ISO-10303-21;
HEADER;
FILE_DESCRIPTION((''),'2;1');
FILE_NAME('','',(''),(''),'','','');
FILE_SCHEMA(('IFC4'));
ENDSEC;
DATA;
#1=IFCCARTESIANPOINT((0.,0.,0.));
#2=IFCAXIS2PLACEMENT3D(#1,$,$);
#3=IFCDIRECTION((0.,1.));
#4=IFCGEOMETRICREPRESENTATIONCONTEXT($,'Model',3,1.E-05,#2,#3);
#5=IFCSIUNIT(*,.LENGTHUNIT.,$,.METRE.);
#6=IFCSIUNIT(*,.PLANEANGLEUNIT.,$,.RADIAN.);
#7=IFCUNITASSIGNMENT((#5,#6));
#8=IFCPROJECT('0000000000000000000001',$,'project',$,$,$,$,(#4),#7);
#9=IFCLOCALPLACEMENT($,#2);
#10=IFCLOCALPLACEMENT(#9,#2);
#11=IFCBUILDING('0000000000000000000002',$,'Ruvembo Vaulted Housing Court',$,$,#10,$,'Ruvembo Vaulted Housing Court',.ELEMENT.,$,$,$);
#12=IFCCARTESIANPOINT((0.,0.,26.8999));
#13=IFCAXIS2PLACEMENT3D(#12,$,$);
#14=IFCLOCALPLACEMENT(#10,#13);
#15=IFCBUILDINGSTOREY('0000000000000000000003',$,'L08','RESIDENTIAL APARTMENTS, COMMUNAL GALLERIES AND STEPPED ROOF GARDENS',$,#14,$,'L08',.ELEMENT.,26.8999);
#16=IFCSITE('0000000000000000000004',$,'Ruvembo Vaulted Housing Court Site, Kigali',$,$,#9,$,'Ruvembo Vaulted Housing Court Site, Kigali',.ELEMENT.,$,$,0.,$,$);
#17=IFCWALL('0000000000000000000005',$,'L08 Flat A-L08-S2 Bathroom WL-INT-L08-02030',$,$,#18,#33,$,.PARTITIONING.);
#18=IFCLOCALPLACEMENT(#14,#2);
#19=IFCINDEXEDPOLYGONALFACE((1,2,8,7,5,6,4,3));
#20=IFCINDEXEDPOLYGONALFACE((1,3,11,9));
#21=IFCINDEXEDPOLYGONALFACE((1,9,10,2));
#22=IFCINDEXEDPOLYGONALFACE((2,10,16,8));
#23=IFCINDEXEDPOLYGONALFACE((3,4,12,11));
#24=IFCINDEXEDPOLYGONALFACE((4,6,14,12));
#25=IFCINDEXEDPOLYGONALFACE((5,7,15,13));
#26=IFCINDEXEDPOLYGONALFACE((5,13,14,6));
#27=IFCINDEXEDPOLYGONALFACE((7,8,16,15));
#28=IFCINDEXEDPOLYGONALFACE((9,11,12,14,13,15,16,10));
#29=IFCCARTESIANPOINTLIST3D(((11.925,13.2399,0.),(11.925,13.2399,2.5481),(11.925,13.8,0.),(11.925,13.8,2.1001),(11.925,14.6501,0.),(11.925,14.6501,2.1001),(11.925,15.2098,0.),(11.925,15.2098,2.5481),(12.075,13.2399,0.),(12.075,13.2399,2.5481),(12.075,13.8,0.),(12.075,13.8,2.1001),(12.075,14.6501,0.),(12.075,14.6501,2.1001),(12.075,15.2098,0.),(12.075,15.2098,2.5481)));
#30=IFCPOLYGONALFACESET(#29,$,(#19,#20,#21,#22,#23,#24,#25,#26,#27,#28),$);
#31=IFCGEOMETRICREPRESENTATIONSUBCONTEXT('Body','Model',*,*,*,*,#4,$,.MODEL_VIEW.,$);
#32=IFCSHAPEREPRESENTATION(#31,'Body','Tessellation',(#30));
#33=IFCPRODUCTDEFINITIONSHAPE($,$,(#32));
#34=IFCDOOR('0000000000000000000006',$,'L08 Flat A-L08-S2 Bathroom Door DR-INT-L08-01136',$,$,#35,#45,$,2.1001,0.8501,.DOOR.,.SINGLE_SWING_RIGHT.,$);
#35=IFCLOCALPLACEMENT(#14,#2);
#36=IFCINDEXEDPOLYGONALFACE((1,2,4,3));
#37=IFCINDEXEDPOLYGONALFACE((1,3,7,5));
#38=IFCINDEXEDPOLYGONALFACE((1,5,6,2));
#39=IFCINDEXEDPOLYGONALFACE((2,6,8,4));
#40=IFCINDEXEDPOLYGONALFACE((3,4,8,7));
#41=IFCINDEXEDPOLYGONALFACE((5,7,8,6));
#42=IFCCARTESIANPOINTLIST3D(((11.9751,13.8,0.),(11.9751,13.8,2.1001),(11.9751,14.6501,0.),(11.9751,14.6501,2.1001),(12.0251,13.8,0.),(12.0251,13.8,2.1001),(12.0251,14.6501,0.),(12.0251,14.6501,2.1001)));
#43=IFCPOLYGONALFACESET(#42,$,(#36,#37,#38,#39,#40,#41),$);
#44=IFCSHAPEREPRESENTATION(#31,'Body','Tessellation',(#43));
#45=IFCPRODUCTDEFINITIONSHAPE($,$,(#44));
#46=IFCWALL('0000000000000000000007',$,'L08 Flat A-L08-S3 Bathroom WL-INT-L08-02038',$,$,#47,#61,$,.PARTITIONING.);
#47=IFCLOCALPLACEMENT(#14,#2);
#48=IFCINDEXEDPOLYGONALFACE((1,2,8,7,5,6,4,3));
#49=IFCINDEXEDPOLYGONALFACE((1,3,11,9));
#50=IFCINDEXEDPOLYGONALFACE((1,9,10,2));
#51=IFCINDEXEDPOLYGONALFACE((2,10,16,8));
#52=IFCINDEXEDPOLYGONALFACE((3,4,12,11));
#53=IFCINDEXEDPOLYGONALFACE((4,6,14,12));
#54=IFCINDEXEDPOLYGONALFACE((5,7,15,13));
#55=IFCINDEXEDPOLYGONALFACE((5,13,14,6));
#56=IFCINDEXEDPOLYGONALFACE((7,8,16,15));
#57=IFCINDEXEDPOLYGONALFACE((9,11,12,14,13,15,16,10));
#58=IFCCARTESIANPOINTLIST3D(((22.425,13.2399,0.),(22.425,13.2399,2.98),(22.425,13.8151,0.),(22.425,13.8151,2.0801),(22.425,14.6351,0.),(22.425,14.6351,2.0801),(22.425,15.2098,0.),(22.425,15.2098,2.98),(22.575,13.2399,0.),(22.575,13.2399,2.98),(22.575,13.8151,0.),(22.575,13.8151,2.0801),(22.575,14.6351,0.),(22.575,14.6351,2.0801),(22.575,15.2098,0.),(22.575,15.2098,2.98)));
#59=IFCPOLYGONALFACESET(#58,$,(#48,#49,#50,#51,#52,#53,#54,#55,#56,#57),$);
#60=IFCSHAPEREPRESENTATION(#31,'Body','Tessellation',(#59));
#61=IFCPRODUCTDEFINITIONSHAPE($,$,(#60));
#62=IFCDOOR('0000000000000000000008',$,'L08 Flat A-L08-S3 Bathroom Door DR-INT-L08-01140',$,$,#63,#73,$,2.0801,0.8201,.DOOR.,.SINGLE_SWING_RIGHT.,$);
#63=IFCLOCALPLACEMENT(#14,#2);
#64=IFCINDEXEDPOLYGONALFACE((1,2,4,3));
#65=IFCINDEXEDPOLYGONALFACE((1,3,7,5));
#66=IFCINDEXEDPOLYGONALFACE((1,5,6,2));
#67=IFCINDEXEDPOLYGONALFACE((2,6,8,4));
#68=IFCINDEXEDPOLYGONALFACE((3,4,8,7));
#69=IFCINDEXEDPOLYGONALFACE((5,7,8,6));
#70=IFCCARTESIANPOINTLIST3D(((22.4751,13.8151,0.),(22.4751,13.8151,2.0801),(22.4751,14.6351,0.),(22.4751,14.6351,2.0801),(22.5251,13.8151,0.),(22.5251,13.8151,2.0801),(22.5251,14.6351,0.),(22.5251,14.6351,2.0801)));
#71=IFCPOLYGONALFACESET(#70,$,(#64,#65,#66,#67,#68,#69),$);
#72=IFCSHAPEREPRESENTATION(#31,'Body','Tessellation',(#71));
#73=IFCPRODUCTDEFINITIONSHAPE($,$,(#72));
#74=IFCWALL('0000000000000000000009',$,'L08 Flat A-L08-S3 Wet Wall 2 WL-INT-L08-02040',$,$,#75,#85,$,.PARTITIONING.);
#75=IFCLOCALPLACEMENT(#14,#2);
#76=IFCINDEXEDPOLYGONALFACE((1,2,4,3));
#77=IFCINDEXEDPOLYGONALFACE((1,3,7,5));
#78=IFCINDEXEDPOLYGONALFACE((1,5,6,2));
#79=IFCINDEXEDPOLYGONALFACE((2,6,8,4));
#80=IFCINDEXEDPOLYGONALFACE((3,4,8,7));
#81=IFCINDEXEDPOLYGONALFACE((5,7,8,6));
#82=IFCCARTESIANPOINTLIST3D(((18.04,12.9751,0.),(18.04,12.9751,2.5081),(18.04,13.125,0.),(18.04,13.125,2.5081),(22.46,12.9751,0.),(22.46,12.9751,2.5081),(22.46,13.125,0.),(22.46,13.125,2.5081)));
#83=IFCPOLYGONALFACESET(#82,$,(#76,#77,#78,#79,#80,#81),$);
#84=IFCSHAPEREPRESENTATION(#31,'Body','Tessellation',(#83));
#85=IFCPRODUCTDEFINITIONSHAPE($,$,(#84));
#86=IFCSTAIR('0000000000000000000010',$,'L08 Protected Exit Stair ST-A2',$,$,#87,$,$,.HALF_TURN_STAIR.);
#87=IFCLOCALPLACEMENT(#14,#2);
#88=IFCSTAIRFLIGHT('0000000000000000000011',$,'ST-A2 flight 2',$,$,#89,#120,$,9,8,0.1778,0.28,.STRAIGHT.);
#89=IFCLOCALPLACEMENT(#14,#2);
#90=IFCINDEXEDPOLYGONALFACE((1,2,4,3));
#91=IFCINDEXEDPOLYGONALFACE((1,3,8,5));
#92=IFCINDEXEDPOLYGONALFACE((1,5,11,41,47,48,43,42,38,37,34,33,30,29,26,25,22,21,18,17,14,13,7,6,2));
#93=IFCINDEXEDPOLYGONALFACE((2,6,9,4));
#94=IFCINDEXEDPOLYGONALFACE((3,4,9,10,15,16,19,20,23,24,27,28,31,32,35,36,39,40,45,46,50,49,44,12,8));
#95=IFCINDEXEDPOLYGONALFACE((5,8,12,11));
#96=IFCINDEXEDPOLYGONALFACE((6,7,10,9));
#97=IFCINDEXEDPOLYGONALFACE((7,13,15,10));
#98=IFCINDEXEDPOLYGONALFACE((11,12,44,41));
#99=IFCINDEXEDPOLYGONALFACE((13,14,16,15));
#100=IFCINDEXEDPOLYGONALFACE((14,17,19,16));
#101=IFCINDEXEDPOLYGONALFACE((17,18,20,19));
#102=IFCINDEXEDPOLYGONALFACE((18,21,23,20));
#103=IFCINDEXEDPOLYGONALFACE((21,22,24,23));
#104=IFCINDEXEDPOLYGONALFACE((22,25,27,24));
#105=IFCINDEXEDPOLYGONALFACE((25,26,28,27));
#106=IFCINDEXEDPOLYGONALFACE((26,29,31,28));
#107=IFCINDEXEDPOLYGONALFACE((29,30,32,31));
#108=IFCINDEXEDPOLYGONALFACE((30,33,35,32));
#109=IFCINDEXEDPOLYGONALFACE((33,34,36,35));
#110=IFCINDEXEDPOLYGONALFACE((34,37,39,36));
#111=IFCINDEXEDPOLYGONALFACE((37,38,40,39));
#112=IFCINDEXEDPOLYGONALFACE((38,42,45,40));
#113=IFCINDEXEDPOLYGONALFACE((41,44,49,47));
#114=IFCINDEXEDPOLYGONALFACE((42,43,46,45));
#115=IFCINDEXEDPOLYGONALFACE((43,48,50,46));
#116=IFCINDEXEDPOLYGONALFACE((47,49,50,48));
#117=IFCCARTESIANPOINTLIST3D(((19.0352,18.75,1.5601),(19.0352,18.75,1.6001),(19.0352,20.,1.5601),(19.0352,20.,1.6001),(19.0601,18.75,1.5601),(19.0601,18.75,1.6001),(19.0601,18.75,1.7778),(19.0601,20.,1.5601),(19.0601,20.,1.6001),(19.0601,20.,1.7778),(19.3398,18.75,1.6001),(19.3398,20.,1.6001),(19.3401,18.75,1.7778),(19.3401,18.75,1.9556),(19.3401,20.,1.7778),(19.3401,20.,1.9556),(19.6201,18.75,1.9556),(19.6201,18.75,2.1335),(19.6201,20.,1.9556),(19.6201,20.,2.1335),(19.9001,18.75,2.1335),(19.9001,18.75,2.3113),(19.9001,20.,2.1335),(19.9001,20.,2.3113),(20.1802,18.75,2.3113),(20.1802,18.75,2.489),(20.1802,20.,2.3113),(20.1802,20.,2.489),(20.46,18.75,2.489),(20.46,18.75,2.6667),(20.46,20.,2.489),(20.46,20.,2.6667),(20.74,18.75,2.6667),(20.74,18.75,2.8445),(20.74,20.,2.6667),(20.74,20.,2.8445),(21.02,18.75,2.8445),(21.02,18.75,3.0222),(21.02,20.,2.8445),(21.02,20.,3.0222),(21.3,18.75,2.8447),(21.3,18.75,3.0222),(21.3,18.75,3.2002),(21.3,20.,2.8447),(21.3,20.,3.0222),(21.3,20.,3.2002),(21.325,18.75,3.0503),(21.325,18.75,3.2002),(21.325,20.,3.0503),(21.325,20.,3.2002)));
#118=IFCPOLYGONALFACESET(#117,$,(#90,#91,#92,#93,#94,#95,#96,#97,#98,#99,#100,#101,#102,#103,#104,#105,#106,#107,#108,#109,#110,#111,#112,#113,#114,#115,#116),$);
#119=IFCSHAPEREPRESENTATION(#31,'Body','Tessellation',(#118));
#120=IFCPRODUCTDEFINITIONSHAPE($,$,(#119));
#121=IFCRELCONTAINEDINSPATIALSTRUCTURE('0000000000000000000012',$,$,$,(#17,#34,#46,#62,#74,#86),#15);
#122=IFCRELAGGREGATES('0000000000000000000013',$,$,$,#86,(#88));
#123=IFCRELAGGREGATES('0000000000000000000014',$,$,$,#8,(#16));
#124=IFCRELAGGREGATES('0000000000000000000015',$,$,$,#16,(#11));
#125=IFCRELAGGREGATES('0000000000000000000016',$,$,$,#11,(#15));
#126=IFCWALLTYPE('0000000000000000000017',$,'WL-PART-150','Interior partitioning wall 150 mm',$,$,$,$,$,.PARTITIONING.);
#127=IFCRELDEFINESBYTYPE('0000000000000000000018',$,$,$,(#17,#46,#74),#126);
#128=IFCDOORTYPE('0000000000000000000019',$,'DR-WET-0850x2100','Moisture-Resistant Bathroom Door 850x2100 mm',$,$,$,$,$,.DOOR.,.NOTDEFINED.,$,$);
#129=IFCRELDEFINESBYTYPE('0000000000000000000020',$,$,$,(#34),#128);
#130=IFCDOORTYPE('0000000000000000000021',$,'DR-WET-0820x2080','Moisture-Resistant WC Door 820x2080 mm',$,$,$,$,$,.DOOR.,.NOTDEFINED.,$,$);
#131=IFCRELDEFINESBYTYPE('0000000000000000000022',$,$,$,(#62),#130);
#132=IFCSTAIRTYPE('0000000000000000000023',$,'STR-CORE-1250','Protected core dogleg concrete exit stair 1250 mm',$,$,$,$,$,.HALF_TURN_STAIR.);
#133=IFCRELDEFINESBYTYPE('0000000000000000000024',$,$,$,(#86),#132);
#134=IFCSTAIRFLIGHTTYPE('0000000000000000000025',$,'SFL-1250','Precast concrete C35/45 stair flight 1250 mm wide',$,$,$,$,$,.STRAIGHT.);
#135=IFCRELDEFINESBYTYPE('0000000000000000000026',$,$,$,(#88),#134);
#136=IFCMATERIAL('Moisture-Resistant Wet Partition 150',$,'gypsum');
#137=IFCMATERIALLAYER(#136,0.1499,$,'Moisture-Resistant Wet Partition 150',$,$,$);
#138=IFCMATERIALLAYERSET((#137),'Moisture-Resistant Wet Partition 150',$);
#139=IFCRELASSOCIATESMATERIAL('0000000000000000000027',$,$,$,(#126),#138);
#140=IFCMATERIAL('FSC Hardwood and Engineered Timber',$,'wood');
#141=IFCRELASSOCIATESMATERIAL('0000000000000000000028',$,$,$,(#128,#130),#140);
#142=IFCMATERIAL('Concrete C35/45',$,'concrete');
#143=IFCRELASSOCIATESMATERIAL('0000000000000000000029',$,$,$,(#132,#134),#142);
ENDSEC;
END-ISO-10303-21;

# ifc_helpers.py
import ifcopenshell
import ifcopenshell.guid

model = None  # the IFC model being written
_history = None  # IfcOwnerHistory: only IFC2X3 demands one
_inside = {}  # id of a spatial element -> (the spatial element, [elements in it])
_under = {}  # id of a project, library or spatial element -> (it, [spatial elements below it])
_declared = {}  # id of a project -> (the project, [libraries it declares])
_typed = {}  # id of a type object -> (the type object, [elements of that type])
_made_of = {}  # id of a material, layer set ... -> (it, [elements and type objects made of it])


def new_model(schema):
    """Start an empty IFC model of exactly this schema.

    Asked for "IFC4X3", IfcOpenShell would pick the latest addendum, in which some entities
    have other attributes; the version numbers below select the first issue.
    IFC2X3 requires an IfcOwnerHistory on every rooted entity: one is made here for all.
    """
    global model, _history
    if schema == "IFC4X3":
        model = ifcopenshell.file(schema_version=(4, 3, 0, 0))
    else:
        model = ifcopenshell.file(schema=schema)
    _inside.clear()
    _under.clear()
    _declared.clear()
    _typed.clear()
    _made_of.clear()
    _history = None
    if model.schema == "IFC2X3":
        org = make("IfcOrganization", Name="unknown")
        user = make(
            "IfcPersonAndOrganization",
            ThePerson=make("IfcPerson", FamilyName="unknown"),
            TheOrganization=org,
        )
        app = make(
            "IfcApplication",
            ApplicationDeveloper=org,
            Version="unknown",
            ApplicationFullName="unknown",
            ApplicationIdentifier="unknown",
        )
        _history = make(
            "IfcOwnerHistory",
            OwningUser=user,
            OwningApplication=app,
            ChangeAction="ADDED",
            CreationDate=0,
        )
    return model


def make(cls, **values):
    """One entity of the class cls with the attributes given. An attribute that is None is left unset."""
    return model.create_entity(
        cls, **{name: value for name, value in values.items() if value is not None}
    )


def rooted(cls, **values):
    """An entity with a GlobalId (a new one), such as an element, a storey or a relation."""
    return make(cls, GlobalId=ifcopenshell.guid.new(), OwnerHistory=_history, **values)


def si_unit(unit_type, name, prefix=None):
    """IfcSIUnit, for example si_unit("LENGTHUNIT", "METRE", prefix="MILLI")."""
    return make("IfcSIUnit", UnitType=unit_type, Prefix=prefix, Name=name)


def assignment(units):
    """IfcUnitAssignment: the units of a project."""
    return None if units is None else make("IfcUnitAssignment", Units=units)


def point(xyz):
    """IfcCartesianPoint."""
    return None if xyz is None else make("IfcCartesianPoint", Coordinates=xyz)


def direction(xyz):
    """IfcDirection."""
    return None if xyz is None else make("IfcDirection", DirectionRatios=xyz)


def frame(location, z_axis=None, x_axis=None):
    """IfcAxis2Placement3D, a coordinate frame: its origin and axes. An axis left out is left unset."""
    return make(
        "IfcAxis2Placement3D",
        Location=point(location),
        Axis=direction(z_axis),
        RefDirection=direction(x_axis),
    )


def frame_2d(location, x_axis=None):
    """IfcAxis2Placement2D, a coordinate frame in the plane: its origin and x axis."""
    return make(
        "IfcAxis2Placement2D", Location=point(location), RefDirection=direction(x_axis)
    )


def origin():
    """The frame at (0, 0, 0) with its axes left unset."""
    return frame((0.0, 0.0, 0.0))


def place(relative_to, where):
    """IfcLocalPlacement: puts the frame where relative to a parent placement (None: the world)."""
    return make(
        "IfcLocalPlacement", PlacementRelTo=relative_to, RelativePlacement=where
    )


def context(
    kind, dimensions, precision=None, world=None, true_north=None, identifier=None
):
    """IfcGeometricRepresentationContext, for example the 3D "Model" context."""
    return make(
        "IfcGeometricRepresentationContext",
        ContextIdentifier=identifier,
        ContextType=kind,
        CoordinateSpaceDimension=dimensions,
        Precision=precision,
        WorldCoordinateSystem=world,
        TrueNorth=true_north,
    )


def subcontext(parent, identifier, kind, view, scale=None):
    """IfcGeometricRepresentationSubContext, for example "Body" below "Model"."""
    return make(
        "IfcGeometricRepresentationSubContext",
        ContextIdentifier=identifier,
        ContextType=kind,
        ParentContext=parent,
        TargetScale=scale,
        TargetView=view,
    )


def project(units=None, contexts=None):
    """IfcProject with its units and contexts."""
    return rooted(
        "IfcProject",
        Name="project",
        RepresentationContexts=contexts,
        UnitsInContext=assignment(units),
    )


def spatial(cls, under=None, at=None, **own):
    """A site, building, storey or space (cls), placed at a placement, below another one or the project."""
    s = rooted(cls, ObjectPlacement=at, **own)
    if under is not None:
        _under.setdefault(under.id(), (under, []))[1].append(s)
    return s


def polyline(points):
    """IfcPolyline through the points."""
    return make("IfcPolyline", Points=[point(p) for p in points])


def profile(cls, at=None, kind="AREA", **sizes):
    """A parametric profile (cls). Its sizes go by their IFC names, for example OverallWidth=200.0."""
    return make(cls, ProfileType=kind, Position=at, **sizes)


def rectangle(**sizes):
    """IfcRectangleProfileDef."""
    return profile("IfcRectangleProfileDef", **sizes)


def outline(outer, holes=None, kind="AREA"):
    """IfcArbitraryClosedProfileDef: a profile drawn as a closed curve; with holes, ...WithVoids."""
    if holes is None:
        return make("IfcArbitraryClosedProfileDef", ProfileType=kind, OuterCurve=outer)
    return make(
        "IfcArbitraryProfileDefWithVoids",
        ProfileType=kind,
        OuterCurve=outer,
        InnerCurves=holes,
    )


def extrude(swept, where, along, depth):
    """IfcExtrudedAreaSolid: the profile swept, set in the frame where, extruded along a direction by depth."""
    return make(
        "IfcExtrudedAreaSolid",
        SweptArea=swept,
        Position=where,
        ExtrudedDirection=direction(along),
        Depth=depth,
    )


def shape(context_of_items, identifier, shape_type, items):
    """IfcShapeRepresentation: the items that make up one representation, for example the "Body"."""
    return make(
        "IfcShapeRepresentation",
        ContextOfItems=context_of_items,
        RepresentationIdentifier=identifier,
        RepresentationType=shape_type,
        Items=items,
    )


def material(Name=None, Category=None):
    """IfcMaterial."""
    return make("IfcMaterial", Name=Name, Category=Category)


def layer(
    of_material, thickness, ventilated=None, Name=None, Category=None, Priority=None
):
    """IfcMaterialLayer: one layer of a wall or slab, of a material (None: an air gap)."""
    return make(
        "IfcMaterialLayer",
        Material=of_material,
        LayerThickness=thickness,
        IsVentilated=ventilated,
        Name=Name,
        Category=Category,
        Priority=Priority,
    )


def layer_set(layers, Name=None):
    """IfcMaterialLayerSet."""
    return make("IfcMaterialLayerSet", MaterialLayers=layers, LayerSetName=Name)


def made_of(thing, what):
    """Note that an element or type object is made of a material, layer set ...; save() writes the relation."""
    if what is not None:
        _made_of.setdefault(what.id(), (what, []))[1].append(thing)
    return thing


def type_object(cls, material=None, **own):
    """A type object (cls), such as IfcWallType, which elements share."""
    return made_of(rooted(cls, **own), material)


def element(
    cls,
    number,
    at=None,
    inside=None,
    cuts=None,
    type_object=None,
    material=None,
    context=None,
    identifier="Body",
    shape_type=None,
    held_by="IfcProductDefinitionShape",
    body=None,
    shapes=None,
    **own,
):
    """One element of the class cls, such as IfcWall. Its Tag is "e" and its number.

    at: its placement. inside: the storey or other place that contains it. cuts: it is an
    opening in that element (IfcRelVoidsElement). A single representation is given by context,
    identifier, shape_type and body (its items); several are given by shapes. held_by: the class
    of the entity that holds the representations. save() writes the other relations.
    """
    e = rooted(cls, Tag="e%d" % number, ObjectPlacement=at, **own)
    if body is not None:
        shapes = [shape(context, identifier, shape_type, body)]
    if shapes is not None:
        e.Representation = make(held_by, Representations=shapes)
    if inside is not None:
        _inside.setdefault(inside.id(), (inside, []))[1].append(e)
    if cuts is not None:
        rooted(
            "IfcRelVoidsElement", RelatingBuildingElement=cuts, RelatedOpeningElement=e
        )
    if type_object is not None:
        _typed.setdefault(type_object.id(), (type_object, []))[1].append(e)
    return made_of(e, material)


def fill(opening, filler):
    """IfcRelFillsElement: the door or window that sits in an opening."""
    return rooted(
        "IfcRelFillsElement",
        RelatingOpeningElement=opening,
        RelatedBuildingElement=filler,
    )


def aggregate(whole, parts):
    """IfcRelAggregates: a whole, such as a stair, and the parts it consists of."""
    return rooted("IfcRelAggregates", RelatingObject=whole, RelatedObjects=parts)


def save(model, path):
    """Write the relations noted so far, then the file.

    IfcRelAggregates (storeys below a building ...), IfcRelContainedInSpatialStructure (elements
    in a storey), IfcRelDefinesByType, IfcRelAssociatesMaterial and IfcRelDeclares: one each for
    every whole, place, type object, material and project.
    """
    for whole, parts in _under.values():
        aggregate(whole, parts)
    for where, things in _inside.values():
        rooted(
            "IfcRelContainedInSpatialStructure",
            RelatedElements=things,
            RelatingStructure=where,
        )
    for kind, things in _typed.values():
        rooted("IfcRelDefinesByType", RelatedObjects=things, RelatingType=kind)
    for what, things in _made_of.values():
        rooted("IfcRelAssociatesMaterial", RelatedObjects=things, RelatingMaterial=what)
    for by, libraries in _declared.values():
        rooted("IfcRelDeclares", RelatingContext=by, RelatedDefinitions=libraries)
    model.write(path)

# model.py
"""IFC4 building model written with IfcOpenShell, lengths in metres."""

from ifc_helpers import new_model, si_unit, direction, frame, frame_2d, origin, place, context, subcontext, project, spatial, polyline, rectangle, outline, extrude, material, layer, layer_set, type_object, element, fill, aggregate, save


model = new_model("IFC4")

# Units and contexts
model_context = context("Model", 3, precision=1e-05, world=origin(), true_north=direction((0.0, 1.0)))
body_context = subcontext(model_context, "Body", "Model", "MODEL_VIEW")
ifc_project = project(units=[si_unit("LENGTHUNIT", "METRE"), si_unit("PLANEANGLEUNIT", "RADIAN")], contexts=[model_context])

# Site, building, storey
site_placement = place(None, origin())
site = spatial("IfcSite", under=ifc_project, at=site_placement, Name="Ruvembo Vaulted Housing Court Site, Kigali", LongName="Ruvembo Vaulted Housing Court Site, Kigali", CompositionType="ELEMENT", RefElevation=0.0)
building_placement = place(site_placement, origin())
building = spatial("IfcBuilding", under=site, at=building_placement, Name="Ruvembo Vaulted Housing Court", LongName="Ruvembo Vaulted Housing Court", CompositionType="ELEMENT")
storey_placement = place(building_placement, frame((0.0, 0.0, 26.8999)))
storey = spatial("IfcBuildingStorey", under=building, at=storey_placement, Name="L08", Description="RESIDENTIAL APARTMENTS, COMMUNAL GALLERIES AND STEPPED ROOF GARDENS", LongName="L08", CompositionType="ELEMENT", Elevation=26.8999)

# Shared definitions
ifc_material_1 = material(Name="Concrete C35/45", Category="concrete")

# Shared definitions
ifc_material_2 = material(Name="FSC Hardwood and Engineered Timber", Category="wood")

# Walls, openings, doors
ifc_material_3 = material(Name="Moisture-Resistant Wet Partition 150", Category="gypsum")
ifc_layer_1 = layer(ifc_material_3, 0.1499, Name="Moisture-Resistant Wet Partition 150")
ifc_layer_set_1 = layer_set([ifc_layer_1], Name="Moisture-Resistant Wet Partition 150")
wall_type_1 = type_object("IfcWallType", Name="WL-PART-150", Description="Interior partitioning wall 150 mm", PredefinedType="PARTITIONING", material=ifc_layer_set_1)
wall_1_placement = place(storey_placement, frame((12.0, 13.24, 0.0), z_axis=(0.0, 0.0, 1.0), x_axis=(0.0, 1.0, 0.0)))
wall_1 = element("IfcWall", 1, at=wall_1_placement, inside=storey, type_object=wall_type_1, Name="L08 Flat A-L08-S2 Bathroom WL-INT-L08-02030", PredefinedType="PARTITIONING", context=body_context, shape_type="SweptSolid", body=[
    extrude(rectangle(XDim=1.97, YDim=0.1499, at=frame_2d((0.9849, 0.0))), origin(), (0.0, 0.0, 1.0), 2.5481),
])
opening_1_placement = place(wall_1_placement, frame((0.5601, 0.0, 0.0)))
opening_1 = element("IfcOpeningElement", 2, at=opening_1_placement, cuts=wall_1, PredefinedType="OPENING", context=body_context, shape_type="SweptSolid", body=[
    extrude(rectangle(XDim=0.8501, YDim=2.1001, at=frame_2d((0.425, 1.05))), frame((0.0, 0.085, 0.0), z_axis=(0.0, -1.0, 0.0), x_axis=(1.0, 0.0, 0.0)), (0.0, 0.0, 1.0), 0.1699),
])
door_type_1 = type_object("IfcDoorType", Name="DR-WET-0850x2100", Description="Moisture-Resistant Bathroom Door 850x2100 mm", OperationType="NOTDEFINED", PredefinedType="DOOR", material=ifc_material_2)
door_1_placement = place(opening_1_placement, origin())
door_1 = element("IfcDoor", 3, at=door_1_placement, inside=storey, type_object=door_type_1, Name="L08 Flat A-L08-S2 Bathroom Door DR-INT-L08-01136", OperationType="SINGLE_SWING_RIGHT", OverallHeight=2.1001, OverallWidth=0.8501, PredefinedType="DOOR", context=body_context, shape_type="SweptSolid", body=[
    extrude(rectangle(XDim=0.8501, YDim=2.1001, at=frame_2d((0.425, 1.05))), frame((0.0, 0.0249, 0.0), z_axis=(0.0, -1.0, 0.0), x_axis=(1.0, 0.0, 0.0)), (0.0, 0.0, 1.0), 0.05),
])
fill(opening_1, door_1)
wall_2_placement = place(storey_placement, frame((22.5, 13.24, 0.0), z_axis=(0.0, 0.0, 1.0), x_axis=(0.0, 1.0, 0.0)))
wall_2 = element("IfcWall", 4, at=wall_2_placement, inside=storey, type_object=wall_type_1, Name="L08 Flat A-L08-S3 Bathroom WL-INT-L08-02038", PredefinedType="PARTITIONING", context=body_context, shape_type="SweptSolid", body=[
    extrude(rectangle(XDim=1.97, YDim=0.1499, at=frame_2d((0.9849, 0.0))), origin(), (0.0, 0.0, 1.0), 2.98),
])
opening_2_placement = place(wall_2_placement, frame((0.575, 0.0, 0.0)))
opening_2 = element("IfcOpeningElement", 5, at=opening_2_placement, cuts=wall_2, PredefinedType="OPENING", context=body_context, shape_type="SweptSolid", body=[
    extrude(rectangle(XDim=0.8201, YDim=2.0801, at=frame_2d((0.4102, 1.04))), frame((0.0, 0.085, 0.0), z_axis=(0.0, -1.0, 0.0), x_axis=(1.0, 0.0, 0.0)), (0.0, 0.0, 1.0), 0.1699),
])
door_type_2 = type_object("IfcDoorType", Name="DR-WET-0820x2080", Description="Moisture-Resistant WC Door 820x2080 mm", OperationType="NOTDEFINED", PredefinedType="DOOR", material=ifc_material_2)
door_2_placement = place(opening_2_placement, origin())
door_2 = element("IfcDoor", 6, at=door_2_placement, inside=storey, type_object=door_type_2, Name="L08 Flat A-L08-S3 Bathroom Door DR-INT-L08-01140", OperationType="SINGLE_SWING_RIGHT", OverallHeight=2.0801, OverallWidth=0.8201, PredefinedType="DOOR", context=body_context, shape_type="SweptSolid", body=[
    extrude(rectangle(XDim=0.8201, YDim=2.0801, at=frame_2d((0.4102, 1.04))), frame((0.0, 0.0249, 0.0), z_axis=(0.0, -1.0, 0.0), x_axis=(1.0, 0.0, 0.0)), (0.0, 0.0, 1.0), 0.05),
])
fill(opening_2, door_2)

# Wall
wall_3_placement = place(storey_placement, frame((18.04, 13.05, 0.0), z_axis=(0.0, 0.0, 1.0), x_axis=(1.0, 0.0, 0.0)))
element("IfcWall", 7, at=wall_3_placement, inside=storey, type_object=wall_type_1, Name="L08 Flat A-L08-S3 Wet Wall 2 WL-INT-L08-02040", PredefinedType="PARTITIONING", context=body_context, shape_type="SweptSolid", body=[
    extrude(rectangle(XDim=4.4199, YDim=0.1499, at=frame_2d((2.21, 0.0))), origin(), (0.0, 0.0, 1.0), 2.5081),
])

# Stair, stair flight
stair_type = type_object("IfcStairType", Name="STR-CORE-1250", Description="Protected core dogleg concrete exit stair 1250 mm", PredefinedType="HALF_TURN_STAIR", material=ifc_material_1)
stair_placement = place(storey_placement, origin())
stair = element("IfcStair", 8, at=stair_placement, inside=storey, type_object=stair_type, Name="L08 Protected Exit Stair ST-A2", PredefinedType="HALF_TURN_STAIR")
stair_flight_type = type_object("IfcStairFlightType", Name="SFL-1250", Description="Precast concrete C35/45 stair flight 1250 mm wide", PredefinedType="STRAIGHT", material=ifc_material_1)
stair_flight_placement = place(storey_placement, frame((19.0601, 19.375, 1.6001), z_axis=(0.0, 0.0, 1.0), x_axis=(1.0, 0.0, 0.0)))
stair_flight = element("IfcStairFlight", 9, at=stair_flight_placement, type_object=stair_flight_type, Name="ST-A2 flight 2", NumberOfRisers=9, NumberOfTreads=8, PredefinedType="STRAIGHT", RiserHeight=0.1778, TreadLength=0.28, context=body_context, shape_type="SweptSolid", body=[
    extrude(outline(polyline([(-0.0249, -0.04), (-0.0249, 0.0), (0.0, 0.0), (0.0, 0.1777), (0.28, 0.1777), (0.28, 0.3555), (0.5601, 0.3555), (0.5601, 0.5334), (0.8401, 0.5334), (0.8401, 0.7112), (1.1201, 0.7112), (1.1201, 0.8889), (1.3999, 0.8889), (1.3999, 1.0667), (1.6799, 1.0667), (1.6799, 1.2444), (1.96, 1.2444), (1.96, 1.4221), (2.24, 1.4221), (2.24, 1.6001), (2.2649, 1.6001), (2.2649, 1.4502), (2.24, 1.2446), (0.2798, 0.0), (0.0, -0.04), (-0.0249, -0.04)])), frame((0.0, 0.625, 0.0), z_axis=(0.0, -1.0, 0.0), x_axis=(1.0, 0.0, 0.0)), (0.0, 0.0, 1.0), 1.25),
])
aggregate(stair, [stair_flight])

save(model, "model.ifc")
